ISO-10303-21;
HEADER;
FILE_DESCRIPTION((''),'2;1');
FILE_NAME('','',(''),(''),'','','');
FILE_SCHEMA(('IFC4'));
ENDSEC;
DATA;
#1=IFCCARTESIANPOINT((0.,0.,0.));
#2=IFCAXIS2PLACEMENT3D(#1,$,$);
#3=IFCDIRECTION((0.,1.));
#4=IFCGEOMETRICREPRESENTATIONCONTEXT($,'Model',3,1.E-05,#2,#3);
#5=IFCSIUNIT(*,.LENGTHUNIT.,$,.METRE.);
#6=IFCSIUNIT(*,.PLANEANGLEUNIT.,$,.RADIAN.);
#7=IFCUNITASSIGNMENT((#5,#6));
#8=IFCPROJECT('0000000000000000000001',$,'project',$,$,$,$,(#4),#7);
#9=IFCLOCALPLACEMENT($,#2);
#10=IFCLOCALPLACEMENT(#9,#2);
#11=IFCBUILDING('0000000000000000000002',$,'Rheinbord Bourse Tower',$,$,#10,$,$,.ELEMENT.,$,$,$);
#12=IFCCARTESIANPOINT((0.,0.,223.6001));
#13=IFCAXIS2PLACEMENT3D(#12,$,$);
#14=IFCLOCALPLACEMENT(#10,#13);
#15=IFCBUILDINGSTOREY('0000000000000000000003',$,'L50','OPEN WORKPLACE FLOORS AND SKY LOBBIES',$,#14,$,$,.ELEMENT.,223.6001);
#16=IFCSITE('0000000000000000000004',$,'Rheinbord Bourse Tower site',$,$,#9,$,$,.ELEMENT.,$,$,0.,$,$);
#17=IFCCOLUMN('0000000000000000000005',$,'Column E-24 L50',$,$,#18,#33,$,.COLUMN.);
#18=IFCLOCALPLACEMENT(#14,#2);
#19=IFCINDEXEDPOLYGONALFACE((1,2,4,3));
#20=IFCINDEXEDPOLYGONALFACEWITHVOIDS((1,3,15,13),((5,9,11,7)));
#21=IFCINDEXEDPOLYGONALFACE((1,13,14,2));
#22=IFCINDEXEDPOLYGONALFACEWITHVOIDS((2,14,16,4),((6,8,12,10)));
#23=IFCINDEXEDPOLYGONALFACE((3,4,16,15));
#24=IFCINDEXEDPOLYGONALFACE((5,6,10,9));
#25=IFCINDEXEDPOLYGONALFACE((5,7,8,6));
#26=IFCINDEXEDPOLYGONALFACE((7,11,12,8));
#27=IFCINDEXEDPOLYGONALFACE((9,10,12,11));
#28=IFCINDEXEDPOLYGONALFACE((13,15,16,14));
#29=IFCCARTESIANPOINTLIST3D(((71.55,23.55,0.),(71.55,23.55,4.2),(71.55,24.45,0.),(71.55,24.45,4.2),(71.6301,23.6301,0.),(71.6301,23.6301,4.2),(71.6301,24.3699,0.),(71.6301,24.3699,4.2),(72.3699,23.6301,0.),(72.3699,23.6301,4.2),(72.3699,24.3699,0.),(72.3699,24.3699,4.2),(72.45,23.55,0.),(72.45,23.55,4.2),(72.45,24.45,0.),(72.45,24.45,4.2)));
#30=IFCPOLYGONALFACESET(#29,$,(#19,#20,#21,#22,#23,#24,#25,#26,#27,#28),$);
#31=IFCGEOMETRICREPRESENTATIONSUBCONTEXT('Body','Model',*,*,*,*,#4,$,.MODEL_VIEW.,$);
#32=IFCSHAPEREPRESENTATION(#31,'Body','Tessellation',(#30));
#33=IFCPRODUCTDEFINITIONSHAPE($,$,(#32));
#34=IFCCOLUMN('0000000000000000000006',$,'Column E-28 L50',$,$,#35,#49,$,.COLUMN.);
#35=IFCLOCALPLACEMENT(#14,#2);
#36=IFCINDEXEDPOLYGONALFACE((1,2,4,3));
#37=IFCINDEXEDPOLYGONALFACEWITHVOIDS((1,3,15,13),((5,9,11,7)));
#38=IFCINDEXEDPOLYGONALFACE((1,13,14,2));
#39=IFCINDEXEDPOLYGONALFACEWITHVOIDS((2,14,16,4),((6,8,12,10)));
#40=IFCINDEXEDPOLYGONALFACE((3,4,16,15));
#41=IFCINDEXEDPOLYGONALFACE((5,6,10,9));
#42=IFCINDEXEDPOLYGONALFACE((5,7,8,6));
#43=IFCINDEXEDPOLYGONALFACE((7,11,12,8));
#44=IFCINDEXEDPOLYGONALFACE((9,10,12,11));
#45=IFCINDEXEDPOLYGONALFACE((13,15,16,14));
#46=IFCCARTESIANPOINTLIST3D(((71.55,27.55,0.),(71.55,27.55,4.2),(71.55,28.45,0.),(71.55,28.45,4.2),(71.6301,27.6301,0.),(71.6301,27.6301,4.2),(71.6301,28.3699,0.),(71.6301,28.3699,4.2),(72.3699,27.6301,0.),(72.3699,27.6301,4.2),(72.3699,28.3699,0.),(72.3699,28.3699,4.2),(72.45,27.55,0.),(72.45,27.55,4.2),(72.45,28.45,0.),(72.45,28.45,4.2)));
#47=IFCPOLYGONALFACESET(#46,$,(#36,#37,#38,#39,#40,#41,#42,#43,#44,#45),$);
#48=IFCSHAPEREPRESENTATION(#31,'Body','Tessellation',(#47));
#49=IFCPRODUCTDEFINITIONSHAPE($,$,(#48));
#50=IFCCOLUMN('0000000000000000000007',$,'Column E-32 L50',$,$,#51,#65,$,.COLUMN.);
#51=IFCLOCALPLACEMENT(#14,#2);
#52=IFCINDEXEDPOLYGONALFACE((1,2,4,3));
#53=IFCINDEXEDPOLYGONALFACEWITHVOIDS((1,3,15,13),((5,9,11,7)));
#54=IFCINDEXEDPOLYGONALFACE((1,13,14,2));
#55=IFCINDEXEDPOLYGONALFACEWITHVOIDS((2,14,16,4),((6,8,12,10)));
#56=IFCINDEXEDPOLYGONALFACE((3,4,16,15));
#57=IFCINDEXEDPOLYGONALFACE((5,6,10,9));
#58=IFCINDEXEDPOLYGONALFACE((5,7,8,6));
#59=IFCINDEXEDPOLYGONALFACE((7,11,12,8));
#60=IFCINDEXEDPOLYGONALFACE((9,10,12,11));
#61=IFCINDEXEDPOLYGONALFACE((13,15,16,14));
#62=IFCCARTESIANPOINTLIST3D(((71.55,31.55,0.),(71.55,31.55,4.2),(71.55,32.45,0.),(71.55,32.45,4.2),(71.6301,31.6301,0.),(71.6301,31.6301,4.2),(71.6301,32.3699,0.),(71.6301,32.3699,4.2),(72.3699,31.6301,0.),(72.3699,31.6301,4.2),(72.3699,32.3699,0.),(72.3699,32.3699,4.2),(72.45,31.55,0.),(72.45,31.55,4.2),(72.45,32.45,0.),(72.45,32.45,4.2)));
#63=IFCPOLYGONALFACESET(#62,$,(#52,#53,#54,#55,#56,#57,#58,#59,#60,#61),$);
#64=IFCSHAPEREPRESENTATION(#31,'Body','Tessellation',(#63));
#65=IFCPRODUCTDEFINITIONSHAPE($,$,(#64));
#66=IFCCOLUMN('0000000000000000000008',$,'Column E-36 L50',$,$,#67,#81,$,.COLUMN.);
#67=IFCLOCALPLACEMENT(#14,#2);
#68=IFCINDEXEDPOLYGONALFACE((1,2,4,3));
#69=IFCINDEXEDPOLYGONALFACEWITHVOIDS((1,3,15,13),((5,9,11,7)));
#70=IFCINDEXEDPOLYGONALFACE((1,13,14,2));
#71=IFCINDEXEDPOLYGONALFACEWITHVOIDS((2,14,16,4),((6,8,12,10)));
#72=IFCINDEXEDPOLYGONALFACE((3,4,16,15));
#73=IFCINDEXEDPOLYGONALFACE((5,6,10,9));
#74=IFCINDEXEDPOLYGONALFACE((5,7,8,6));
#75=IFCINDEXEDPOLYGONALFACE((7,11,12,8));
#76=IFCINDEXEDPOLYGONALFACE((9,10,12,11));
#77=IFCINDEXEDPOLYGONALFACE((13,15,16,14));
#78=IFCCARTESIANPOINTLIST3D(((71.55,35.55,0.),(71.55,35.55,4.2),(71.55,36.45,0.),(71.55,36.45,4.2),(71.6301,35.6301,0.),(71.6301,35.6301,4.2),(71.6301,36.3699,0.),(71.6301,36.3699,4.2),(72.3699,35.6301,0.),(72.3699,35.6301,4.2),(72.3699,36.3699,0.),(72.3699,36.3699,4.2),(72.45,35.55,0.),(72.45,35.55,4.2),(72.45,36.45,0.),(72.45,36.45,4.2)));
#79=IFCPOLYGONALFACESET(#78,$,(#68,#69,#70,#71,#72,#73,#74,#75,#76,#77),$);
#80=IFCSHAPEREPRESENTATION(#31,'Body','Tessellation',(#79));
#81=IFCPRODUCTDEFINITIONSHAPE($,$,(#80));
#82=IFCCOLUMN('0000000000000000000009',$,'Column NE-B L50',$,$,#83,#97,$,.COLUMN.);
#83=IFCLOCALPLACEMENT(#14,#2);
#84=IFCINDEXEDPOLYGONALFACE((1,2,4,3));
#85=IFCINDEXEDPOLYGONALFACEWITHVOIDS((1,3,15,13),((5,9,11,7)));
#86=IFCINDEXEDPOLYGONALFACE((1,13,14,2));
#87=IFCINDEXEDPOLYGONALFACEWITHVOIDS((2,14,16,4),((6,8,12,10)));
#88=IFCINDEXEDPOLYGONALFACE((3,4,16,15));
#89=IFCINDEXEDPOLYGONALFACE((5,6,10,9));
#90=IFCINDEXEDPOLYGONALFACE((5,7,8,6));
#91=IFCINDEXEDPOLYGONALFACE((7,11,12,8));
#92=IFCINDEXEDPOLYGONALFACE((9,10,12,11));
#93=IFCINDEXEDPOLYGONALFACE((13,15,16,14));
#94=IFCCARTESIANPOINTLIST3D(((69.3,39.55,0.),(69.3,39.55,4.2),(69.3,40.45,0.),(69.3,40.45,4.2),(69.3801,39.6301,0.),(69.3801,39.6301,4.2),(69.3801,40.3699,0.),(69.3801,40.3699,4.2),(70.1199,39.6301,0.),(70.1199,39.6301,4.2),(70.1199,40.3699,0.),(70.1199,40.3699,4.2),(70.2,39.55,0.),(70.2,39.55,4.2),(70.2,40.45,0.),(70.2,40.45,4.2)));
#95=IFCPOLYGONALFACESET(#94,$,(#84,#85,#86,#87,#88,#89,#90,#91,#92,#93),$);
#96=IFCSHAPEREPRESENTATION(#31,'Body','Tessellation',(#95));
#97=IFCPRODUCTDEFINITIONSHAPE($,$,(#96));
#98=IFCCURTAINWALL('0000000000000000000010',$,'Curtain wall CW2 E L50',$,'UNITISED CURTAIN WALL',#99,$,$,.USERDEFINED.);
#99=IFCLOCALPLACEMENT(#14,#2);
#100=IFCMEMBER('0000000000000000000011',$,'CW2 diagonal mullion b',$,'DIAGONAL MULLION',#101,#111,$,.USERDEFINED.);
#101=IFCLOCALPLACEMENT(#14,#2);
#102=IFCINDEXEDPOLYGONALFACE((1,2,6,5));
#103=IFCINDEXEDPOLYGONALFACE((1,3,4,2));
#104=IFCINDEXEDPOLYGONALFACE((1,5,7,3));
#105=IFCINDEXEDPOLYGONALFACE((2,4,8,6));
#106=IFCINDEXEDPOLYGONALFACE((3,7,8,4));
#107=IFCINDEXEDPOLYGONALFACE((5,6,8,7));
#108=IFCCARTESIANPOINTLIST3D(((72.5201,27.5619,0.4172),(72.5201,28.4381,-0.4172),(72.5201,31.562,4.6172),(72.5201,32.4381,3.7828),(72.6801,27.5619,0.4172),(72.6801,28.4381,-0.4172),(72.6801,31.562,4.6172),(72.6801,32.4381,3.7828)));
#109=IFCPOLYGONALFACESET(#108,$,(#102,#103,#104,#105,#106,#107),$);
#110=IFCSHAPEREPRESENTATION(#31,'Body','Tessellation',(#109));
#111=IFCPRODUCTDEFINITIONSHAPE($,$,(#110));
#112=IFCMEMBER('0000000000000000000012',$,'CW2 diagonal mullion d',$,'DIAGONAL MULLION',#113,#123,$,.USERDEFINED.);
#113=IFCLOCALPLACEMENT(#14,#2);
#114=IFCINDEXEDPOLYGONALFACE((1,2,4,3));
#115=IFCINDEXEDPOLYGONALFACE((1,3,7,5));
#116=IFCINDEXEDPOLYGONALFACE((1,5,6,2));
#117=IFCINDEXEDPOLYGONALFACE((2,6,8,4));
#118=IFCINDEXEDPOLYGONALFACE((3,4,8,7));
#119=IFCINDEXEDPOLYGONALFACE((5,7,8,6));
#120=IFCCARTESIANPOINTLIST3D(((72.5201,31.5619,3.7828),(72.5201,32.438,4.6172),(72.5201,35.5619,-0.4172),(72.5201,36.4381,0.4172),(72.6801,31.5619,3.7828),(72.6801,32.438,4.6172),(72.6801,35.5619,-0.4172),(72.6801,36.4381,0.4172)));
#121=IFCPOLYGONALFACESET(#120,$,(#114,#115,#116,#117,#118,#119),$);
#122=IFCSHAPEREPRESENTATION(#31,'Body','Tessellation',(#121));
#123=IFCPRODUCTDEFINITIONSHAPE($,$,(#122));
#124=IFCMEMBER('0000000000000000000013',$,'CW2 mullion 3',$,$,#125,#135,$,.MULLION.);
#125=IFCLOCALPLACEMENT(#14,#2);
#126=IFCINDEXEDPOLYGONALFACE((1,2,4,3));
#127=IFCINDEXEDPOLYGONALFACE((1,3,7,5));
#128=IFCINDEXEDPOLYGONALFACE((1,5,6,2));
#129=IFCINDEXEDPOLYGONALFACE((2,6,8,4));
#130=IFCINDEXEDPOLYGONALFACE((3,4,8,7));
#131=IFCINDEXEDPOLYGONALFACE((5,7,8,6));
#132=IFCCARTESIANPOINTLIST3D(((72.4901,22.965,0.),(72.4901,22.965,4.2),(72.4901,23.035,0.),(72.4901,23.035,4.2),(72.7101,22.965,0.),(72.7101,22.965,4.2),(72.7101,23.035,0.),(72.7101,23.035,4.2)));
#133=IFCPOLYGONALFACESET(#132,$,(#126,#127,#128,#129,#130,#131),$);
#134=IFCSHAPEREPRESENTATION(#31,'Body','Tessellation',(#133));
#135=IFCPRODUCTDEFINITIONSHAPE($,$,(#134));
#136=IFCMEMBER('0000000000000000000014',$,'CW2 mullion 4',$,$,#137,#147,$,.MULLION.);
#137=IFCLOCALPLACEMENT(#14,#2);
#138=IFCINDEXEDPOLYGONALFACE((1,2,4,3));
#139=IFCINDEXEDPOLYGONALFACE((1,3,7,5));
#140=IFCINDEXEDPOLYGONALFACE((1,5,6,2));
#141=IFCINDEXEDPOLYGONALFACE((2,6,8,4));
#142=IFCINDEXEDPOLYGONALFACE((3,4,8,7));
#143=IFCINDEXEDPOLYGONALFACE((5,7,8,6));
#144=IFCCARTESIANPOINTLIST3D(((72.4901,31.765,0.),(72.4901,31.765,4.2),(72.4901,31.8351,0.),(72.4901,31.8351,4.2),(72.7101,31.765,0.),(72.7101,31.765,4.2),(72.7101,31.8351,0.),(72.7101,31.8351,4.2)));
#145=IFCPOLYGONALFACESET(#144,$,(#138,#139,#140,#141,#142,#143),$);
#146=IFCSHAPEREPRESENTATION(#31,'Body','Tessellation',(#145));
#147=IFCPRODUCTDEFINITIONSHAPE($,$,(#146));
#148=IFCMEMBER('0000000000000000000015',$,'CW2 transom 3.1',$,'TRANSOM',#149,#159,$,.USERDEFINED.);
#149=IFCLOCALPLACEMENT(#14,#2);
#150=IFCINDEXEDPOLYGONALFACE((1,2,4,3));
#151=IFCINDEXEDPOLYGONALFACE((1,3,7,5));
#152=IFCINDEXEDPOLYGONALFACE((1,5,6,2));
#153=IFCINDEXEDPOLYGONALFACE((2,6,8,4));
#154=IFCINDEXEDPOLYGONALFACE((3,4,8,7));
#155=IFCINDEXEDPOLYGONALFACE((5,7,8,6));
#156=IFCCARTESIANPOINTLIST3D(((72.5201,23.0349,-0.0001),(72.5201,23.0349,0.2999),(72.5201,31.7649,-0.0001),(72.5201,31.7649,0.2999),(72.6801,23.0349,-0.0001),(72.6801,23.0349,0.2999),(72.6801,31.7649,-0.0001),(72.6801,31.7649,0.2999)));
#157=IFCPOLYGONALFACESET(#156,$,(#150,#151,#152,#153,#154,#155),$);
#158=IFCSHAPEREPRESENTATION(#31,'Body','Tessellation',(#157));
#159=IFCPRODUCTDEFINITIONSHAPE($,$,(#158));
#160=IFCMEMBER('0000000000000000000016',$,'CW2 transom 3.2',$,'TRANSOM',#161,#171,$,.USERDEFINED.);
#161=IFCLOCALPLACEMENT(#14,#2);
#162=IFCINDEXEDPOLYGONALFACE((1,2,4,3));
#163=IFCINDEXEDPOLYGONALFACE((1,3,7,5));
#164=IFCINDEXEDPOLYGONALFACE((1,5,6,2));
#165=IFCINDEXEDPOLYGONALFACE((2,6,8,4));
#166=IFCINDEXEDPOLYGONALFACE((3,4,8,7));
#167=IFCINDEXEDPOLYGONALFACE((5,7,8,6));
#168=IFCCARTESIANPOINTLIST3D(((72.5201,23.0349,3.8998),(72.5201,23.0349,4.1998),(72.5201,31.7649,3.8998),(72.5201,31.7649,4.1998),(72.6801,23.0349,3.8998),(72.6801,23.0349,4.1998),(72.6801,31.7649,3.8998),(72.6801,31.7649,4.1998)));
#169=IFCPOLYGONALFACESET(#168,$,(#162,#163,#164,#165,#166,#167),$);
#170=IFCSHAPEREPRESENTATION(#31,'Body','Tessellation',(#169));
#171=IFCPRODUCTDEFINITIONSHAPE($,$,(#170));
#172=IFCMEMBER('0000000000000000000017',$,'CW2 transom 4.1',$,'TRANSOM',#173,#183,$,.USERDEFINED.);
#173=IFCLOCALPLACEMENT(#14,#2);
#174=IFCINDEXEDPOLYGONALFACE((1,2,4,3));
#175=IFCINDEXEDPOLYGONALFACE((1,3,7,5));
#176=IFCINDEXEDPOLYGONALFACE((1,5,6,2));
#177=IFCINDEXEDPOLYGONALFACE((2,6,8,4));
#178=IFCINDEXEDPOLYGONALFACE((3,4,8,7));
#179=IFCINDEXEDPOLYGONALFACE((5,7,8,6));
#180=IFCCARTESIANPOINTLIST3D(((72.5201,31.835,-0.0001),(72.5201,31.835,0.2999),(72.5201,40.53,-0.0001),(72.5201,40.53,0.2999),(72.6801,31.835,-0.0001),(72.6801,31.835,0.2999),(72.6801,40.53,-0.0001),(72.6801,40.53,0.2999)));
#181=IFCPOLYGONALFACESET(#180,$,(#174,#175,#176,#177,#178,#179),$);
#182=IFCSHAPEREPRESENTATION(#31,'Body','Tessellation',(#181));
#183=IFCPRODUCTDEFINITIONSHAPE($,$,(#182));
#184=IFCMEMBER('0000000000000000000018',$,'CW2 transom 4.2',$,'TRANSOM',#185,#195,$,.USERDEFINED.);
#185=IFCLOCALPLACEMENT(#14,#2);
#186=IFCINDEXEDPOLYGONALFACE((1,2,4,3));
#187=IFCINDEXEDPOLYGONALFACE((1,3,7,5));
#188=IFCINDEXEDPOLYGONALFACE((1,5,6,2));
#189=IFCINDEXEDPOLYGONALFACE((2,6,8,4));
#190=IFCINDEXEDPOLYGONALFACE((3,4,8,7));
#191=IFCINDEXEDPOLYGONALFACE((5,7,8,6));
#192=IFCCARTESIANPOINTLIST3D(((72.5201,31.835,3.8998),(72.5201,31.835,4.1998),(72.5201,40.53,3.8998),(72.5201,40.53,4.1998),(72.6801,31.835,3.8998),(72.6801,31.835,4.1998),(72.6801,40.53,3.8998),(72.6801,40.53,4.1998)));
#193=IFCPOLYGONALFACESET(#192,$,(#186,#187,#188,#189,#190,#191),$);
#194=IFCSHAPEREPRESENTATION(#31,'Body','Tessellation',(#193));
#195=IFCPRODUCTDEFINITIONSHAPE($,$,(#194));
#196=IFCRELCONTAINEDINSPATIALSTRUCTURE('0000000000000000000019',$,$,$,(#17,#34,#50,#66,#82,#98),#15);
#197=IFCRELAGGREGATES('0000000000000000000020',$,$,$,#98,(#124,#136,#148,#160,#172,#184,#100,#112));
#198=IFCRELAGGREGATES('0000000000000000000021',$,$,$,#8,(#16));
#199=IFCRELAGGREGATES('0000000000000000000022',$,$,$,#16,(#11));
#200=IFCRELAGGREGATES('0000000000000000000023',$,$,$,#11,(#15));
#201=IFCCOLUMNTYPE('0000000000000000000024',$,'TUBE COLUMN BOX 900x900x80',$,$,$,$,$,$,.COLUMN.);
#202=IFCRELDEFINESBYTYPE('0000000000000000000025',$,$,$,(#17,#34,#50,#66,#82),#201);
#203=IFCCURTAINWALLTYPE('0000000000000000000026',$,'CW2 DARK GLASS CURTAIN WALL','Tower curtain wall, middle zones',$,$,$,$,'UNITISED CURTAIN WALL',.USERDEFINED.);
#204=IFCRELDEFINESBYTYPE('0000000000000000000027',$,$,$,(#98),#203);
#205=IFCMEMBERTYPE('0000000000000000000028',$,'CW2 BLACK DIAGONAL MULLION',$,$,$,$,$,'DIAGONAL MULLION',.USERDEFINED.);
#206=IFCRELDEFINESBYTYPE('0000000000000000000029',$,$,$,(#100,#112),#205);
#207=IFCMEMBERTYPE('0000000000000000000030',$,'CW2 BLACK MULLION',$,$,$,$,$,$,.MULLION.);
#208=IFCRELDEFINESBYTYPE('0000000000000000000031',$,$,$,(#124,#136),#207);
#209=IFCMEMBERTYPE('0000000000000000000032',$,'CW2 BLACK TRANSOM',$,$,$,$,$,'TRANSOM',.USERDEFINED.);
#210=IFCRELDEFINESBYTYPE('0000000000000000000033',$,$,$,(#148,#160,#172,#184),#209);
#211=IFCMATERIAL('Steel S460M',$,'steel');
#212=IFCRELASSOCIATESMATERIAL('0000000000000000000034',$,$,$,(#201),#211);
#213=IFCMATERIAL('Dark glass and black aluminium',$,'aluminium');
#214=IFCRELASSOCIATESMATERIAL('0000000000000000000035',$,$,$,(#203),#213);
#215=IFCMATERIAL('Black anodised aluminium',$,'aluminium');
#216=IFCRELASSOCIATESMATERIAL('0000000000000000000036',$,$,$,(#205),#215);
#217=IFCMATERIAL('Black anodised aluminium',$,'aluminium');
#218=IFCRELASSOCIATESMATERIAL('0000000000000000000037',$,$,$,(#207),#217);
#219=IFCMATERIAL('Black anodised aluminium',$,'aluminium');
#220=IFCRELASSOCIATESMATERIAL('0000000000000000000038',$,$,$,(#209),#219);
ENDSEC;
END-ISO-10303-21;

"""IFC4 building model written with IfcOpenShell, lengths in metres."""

from ifc_helpers import new_model, si_unit, direction, frame, origin, origin_2d, place, context, subcontext, project, spatial, rectangle, hollow_rectangle, extrude, material, material_profile, profile_set, type_object, element, aggregate, save


model = new_model("IFC4")

# Units and contexts
model_context = context("Model", 3, precision=1e-05, world=origin(), true_north=direction((0.0, 1.0)))
body_context = subcontext(model_context, "Body", "Model", "MODEL_VIEW")
ifc_project = project(units=[si_unit("LENGTHUNIT", "METRE"), si_unit("PLANEANGLEUNIT", "RADIAN")], contexts=[model_context])

# Site, building, storey
site_placement = place(None, origin())
site = spatial("IfcSite", under=ifc_project, at=site_placement, Name="Rheinbord Bourse Tower site", CompositionType="ELEMENT", RefElevation=0.0)
building_placement = place(site_placement, origin())
building = spatial("IfcBuilding", under=site, at=building_placement, Name="Rheinbord Bourse Tower", CompositionType="ELEMENT")
storey_placement = place(building_placement, frame((0.0, 0.0, 223.6001)))
storey = spatial("IfcBuildingStorey", under=building, at=storey_placement, Name="L50", Description="OPEN WORKPLACE FLOORS AND SKY LOBBIES", CompositionType="ELEMENT", Elevation=223.6001)

# Columns
ifc_material_1 = material(Name="Steel S460M", Category="steel")
ifc_material_profile_1 = material_profile(ifc_material_1, hollow_rectangle(XDim=0.8999, YDim=0.8999, WallThickness=0.0801, at=origin_2d()), Name="BOX 900x900x80")
ifc_profile_set_1 = profile_set([ifc_material_profile_1], Name="Steel S460M")
column_type = type_object("IfcColumnType", Name="TUBE COLUMN BOX 900x900x80", PredefinedType="COLUMN", material=ifc_profile_set_1)
for number, where, z_axis, x_axis, name in (
    (1, (72.0, 24.0, 0.0), (0.0, 0.0, 1.0), (1.0, 0.0, 0.0), "Column E-24 L50"),
    (2, (72.0, 28.0, 0.0), (0.0, 0.0, 1.0), (1.0, 0.0, 0.0), "Column E-28 L50"),
    (3, (72.0, 32.0, 0.0), (0.0, 0.0, 1.0), (1.0, 0.0, 0.0), "Column E-32 L50"),
    (4, (72.0, 36.0, 0.0), (0.0, 0.0, 1.0), (1.0, 0.0, 0.0), "Column E-36 L50"),
    (5, (69.75, 40.0, 0.0), (0.0, 0.0, 1.0), (1.0, 0.0, 0.0), "Column NE-B L50"),
):
    element("IfcColumn", number, at=place(storey_placement, frame(where, z_axis=z_axis, x_axis=x_axis)), inside=storey, type_object=column_type, Name=name, PredefinedType="COLUMN", context=body_context, shape_type="SweptSolid", body=[
        extrude(hollow_rectangle(XDim=0.8999, YDim=0.8999, WallThickness=0.0801, at=origin_2d()), origin(), (0.0, 0.0, 1.0), 4.2),
    ])

# Curtain wall, members
ifc_material_2 = material(Name="Dark glass and black aluminium", Category="aluminium")
curtain_wall_type = type_object("IfcCurtainWallType", Name="CW2 DARK GLASS CURTAIN WALL", Description="Tower curtain wall, middle zones", ElementType="UNITISED CURTAIN WALL", PredefinedType="USERDEFINED", material=ifc_material_2)
curtain_wall_placement = place(storey_placement, origin())
curtain_wall = element("IfcCurtainWall", 6, at=curtain_wall_placement, inside=storey, type_object=curtain_wall_type, Name="Curtain wall CW2 E L50", ObjectType="UNITISED CURTAIN WALL", PredefinedType="USERDEFINED")
ifc_material_3 = material(Name="Black anodised aluminium", Category="aluminium")
ifc_material_profile_2 = material_profile(ifc_material_3, rectangle(XDim=0.1599, YDim=1.21, at=origin_2d()), Name="CW2 DIAGONAL MULLION 1210x160")
ifc_profile_set_2 = profile_set([ifc_material_profile_2], Name="Black anodised aluminium")
member_type_1 = type_object("IfcMemberType", Name="CW2 BLACK DIAGONAL MULLION", ElementType="DIAGONAL MULLION", PredefinedType="USERDEFINED", material=ifc_profile_set_2)
member_1_placement = place(storey_placement, frame((72.6001, 28.0, 0.0), z_axis=(0.0, 0.689659, 0.724134), x_axis=(-1.0, 0.0, 0.0)))
member_1 = element("IfcMember", 7, at=member_1_placement, type_object=member_type_1, Name="CW2 diagonal mullion b", ObjectType="DIAGONAL MULLION", PredefinedType="USERDEFINED", context=body_context, shape_type="SweptSolid", body=[
    extrude(rectangle(XDim=0.1599, YDim=1.21, at=origin_2d()), origin(), (0.0, 0.0, 1.0), 5.8),
])
member_2_placement = place(storey_placement, frame((72.6001, 36.0, 0.0), z_axis=(0.0, -0.689659, 0.724134), x_axis=(1.0, 0.0, 0.0)))
member_2 = element("IfcMember", 8, at=member_2_placement, type_object=member_type_1, Name="CW2 diagonal mullion d", ObjectType="DIAGONAL MULLION", PredefinedType="USERDEFINED", context=body_context, shape_type="SweptSolid", body=[
    extrude(rectangle(XDim=0.1599, YDim=1.21, at=origin_2d()), origin(), (0.0, 0.0, 1.0), 5.8),
])
ifc_material_4 = material(Name="Black anodised aluminium", Category="aluminium")
ifc_material_profile_3 = material_profile(ifc_material_4, rectangle(XDim=0.22, YDim=0.0701, at=origin_2d()), Name="CW2 MULLION 70x220")
ifc_profile_set_3 = profile_set([ifc_material_profile_3], Name="Black anodised aluminium")
member_type_2 = type_object("IfcMemberType", Name="CW2 BLACK MULLION", PredefinedType="MULLION", material=ifc_profile_set_3)
member_3_placement = place(storey_placement, frame((72.6001, 23.0, 0.0), z_axis=(0.0, 0.0, 1.0), x_axis=(-1.0, 0.0, 0.0)))
member_3 = element("IfcMember", 9, at=member_3_placement, type_object=member_type_2, Name="CW2 mullion 3", PredefinedType="MULLION", context=body_context, shape_type="SweptSolid", body=[
    extrude(rectangle(XDim=0.22, YDim=0.0701, at=origin_2d()), origin(), (0.0, 0.0, 1.0), 4.2),
])
member_4_placement = place(storey_placement, frame((72.6001, 31.8, 0.0), z_axis=(0.0, 0.0, 1.0), x_axis=(-1.0, 0.0, 0.0)))
member_4 = element("IfcMember", 10, at=member_4_placement, type_object=member_type_2, Name="CW2 mullion 4", PredefinedType="MULLION", context=body_context, shape_type="SweptSolid", body=[
    extrude(rectangle(XDim=0.22, YDim=0.0701, at=origin_2d()), origin(), (0.0, 0.0, 1.0), 4.2),
])
ifc_material_5 = material(Name="Black anodised aluminium", Category="aluminium")
ifc_material_profile_4 = material_profile(ifc_material_5, rectangle(XDim=0.1599, YDim=0.3, at=origin_2d()), Name="CW2 TRANSOM 300x160")
ifc_profile_set_4 = profile_set([ifc_material_profile_4], Name="Black anodised aluminium")
member_type_3 = type_object("IfcMemberType", Name="CW2 BLACK TRANSOM", ElementType="TRANSOM", PredefinedType="USERDEFINED", material=ifc_profile_set_4)
member_5_placement = place(storey_placement, frame((72.6001, 23.0349, 0.1499), z_axis=(0.0, 1.0, 0.0), x_axis=(-1.0, 0.0, 0.0)))
member_5 = element("IfcMember", 11, at=member_5_placement, type_object=member_type_3, Name="CW2 transom 3.1", ObjectType="TRANSOM", PredefinedType="USERDEFINED", context=body_context, shape_type="SweptSolid", body=[
    extrude(rectangle(XDim=0.1599, YDim=0.3, at=origin_2d()), origin(), (0.0, 0.0, 1.0), 8.73),
])
member_6_placement = place(storey_placement, frame((72.6001, 23.0349, 4.0498), z_axis=(0.0, 1.0, 0.0), x_axis=(-1.0, 0.0, 0.0)))
member_6 = element("IfcMember", 12, at=member_6_placement, type_object=member_type_3, Name="CW2 transom 3.2", ObjectType="TRANSOM", PredefinedType="USERDEFINED", context=body_context, shape_type="SweptSolid", body=[
    extrude(rectangle(XDim=0.1599, YDim=0.3, at=origin_2d()), origin(), (0.0, 0.0, 1.0), 8.73),
])
member_7_placement = place(storey_placement, frame((72.6001, 31.835, 0.1499), z_axis=(0.0, 1.0, 0.0), x_axis=(-1.0, 0.0, 0.0)))
member_7 = element("IfcMember", 13, at=member_7_placement, type_object=member_type_3, Name="CW2 transom 4.1", ObjectType="TRANSOM", PredefinedType="USERDEFINED", context=body_context, shape_type="SweptSolid", body=[
    extrude(rectangle(XDim=0.1599, YDim=0.3, at=origin_2d()), origin(), (0.0, 0.0, 1.0), 8.6951),
])
member_8_placement = place(storey_placement, frame((72.6001, 31.835, 4.0498), z_axis=(0.0, 1.0, 0.0), x_axis=(-1.0, 0.0, 0.0)))
member_8 = element("IfcMember", 14, at=member_8_placement, type_object=member_type_3, Name="CW2 transom 4.2", ObjectType="TRANSOM", PredefinedType="USERDEFINED", context=body_context, shape_type="SweptSolid", body=[
    extrude(rectangle(XDim=0.1599, YDim=0.3, at=origin_2d()), origin(), (0.0, 0.0, 1.0), 8.6951),
])

aggregate(curtain_wall, [member_3, member_4, member_5, member_6, member_7, member_8, member_1, member_2])

save(model, "model.ifc")
